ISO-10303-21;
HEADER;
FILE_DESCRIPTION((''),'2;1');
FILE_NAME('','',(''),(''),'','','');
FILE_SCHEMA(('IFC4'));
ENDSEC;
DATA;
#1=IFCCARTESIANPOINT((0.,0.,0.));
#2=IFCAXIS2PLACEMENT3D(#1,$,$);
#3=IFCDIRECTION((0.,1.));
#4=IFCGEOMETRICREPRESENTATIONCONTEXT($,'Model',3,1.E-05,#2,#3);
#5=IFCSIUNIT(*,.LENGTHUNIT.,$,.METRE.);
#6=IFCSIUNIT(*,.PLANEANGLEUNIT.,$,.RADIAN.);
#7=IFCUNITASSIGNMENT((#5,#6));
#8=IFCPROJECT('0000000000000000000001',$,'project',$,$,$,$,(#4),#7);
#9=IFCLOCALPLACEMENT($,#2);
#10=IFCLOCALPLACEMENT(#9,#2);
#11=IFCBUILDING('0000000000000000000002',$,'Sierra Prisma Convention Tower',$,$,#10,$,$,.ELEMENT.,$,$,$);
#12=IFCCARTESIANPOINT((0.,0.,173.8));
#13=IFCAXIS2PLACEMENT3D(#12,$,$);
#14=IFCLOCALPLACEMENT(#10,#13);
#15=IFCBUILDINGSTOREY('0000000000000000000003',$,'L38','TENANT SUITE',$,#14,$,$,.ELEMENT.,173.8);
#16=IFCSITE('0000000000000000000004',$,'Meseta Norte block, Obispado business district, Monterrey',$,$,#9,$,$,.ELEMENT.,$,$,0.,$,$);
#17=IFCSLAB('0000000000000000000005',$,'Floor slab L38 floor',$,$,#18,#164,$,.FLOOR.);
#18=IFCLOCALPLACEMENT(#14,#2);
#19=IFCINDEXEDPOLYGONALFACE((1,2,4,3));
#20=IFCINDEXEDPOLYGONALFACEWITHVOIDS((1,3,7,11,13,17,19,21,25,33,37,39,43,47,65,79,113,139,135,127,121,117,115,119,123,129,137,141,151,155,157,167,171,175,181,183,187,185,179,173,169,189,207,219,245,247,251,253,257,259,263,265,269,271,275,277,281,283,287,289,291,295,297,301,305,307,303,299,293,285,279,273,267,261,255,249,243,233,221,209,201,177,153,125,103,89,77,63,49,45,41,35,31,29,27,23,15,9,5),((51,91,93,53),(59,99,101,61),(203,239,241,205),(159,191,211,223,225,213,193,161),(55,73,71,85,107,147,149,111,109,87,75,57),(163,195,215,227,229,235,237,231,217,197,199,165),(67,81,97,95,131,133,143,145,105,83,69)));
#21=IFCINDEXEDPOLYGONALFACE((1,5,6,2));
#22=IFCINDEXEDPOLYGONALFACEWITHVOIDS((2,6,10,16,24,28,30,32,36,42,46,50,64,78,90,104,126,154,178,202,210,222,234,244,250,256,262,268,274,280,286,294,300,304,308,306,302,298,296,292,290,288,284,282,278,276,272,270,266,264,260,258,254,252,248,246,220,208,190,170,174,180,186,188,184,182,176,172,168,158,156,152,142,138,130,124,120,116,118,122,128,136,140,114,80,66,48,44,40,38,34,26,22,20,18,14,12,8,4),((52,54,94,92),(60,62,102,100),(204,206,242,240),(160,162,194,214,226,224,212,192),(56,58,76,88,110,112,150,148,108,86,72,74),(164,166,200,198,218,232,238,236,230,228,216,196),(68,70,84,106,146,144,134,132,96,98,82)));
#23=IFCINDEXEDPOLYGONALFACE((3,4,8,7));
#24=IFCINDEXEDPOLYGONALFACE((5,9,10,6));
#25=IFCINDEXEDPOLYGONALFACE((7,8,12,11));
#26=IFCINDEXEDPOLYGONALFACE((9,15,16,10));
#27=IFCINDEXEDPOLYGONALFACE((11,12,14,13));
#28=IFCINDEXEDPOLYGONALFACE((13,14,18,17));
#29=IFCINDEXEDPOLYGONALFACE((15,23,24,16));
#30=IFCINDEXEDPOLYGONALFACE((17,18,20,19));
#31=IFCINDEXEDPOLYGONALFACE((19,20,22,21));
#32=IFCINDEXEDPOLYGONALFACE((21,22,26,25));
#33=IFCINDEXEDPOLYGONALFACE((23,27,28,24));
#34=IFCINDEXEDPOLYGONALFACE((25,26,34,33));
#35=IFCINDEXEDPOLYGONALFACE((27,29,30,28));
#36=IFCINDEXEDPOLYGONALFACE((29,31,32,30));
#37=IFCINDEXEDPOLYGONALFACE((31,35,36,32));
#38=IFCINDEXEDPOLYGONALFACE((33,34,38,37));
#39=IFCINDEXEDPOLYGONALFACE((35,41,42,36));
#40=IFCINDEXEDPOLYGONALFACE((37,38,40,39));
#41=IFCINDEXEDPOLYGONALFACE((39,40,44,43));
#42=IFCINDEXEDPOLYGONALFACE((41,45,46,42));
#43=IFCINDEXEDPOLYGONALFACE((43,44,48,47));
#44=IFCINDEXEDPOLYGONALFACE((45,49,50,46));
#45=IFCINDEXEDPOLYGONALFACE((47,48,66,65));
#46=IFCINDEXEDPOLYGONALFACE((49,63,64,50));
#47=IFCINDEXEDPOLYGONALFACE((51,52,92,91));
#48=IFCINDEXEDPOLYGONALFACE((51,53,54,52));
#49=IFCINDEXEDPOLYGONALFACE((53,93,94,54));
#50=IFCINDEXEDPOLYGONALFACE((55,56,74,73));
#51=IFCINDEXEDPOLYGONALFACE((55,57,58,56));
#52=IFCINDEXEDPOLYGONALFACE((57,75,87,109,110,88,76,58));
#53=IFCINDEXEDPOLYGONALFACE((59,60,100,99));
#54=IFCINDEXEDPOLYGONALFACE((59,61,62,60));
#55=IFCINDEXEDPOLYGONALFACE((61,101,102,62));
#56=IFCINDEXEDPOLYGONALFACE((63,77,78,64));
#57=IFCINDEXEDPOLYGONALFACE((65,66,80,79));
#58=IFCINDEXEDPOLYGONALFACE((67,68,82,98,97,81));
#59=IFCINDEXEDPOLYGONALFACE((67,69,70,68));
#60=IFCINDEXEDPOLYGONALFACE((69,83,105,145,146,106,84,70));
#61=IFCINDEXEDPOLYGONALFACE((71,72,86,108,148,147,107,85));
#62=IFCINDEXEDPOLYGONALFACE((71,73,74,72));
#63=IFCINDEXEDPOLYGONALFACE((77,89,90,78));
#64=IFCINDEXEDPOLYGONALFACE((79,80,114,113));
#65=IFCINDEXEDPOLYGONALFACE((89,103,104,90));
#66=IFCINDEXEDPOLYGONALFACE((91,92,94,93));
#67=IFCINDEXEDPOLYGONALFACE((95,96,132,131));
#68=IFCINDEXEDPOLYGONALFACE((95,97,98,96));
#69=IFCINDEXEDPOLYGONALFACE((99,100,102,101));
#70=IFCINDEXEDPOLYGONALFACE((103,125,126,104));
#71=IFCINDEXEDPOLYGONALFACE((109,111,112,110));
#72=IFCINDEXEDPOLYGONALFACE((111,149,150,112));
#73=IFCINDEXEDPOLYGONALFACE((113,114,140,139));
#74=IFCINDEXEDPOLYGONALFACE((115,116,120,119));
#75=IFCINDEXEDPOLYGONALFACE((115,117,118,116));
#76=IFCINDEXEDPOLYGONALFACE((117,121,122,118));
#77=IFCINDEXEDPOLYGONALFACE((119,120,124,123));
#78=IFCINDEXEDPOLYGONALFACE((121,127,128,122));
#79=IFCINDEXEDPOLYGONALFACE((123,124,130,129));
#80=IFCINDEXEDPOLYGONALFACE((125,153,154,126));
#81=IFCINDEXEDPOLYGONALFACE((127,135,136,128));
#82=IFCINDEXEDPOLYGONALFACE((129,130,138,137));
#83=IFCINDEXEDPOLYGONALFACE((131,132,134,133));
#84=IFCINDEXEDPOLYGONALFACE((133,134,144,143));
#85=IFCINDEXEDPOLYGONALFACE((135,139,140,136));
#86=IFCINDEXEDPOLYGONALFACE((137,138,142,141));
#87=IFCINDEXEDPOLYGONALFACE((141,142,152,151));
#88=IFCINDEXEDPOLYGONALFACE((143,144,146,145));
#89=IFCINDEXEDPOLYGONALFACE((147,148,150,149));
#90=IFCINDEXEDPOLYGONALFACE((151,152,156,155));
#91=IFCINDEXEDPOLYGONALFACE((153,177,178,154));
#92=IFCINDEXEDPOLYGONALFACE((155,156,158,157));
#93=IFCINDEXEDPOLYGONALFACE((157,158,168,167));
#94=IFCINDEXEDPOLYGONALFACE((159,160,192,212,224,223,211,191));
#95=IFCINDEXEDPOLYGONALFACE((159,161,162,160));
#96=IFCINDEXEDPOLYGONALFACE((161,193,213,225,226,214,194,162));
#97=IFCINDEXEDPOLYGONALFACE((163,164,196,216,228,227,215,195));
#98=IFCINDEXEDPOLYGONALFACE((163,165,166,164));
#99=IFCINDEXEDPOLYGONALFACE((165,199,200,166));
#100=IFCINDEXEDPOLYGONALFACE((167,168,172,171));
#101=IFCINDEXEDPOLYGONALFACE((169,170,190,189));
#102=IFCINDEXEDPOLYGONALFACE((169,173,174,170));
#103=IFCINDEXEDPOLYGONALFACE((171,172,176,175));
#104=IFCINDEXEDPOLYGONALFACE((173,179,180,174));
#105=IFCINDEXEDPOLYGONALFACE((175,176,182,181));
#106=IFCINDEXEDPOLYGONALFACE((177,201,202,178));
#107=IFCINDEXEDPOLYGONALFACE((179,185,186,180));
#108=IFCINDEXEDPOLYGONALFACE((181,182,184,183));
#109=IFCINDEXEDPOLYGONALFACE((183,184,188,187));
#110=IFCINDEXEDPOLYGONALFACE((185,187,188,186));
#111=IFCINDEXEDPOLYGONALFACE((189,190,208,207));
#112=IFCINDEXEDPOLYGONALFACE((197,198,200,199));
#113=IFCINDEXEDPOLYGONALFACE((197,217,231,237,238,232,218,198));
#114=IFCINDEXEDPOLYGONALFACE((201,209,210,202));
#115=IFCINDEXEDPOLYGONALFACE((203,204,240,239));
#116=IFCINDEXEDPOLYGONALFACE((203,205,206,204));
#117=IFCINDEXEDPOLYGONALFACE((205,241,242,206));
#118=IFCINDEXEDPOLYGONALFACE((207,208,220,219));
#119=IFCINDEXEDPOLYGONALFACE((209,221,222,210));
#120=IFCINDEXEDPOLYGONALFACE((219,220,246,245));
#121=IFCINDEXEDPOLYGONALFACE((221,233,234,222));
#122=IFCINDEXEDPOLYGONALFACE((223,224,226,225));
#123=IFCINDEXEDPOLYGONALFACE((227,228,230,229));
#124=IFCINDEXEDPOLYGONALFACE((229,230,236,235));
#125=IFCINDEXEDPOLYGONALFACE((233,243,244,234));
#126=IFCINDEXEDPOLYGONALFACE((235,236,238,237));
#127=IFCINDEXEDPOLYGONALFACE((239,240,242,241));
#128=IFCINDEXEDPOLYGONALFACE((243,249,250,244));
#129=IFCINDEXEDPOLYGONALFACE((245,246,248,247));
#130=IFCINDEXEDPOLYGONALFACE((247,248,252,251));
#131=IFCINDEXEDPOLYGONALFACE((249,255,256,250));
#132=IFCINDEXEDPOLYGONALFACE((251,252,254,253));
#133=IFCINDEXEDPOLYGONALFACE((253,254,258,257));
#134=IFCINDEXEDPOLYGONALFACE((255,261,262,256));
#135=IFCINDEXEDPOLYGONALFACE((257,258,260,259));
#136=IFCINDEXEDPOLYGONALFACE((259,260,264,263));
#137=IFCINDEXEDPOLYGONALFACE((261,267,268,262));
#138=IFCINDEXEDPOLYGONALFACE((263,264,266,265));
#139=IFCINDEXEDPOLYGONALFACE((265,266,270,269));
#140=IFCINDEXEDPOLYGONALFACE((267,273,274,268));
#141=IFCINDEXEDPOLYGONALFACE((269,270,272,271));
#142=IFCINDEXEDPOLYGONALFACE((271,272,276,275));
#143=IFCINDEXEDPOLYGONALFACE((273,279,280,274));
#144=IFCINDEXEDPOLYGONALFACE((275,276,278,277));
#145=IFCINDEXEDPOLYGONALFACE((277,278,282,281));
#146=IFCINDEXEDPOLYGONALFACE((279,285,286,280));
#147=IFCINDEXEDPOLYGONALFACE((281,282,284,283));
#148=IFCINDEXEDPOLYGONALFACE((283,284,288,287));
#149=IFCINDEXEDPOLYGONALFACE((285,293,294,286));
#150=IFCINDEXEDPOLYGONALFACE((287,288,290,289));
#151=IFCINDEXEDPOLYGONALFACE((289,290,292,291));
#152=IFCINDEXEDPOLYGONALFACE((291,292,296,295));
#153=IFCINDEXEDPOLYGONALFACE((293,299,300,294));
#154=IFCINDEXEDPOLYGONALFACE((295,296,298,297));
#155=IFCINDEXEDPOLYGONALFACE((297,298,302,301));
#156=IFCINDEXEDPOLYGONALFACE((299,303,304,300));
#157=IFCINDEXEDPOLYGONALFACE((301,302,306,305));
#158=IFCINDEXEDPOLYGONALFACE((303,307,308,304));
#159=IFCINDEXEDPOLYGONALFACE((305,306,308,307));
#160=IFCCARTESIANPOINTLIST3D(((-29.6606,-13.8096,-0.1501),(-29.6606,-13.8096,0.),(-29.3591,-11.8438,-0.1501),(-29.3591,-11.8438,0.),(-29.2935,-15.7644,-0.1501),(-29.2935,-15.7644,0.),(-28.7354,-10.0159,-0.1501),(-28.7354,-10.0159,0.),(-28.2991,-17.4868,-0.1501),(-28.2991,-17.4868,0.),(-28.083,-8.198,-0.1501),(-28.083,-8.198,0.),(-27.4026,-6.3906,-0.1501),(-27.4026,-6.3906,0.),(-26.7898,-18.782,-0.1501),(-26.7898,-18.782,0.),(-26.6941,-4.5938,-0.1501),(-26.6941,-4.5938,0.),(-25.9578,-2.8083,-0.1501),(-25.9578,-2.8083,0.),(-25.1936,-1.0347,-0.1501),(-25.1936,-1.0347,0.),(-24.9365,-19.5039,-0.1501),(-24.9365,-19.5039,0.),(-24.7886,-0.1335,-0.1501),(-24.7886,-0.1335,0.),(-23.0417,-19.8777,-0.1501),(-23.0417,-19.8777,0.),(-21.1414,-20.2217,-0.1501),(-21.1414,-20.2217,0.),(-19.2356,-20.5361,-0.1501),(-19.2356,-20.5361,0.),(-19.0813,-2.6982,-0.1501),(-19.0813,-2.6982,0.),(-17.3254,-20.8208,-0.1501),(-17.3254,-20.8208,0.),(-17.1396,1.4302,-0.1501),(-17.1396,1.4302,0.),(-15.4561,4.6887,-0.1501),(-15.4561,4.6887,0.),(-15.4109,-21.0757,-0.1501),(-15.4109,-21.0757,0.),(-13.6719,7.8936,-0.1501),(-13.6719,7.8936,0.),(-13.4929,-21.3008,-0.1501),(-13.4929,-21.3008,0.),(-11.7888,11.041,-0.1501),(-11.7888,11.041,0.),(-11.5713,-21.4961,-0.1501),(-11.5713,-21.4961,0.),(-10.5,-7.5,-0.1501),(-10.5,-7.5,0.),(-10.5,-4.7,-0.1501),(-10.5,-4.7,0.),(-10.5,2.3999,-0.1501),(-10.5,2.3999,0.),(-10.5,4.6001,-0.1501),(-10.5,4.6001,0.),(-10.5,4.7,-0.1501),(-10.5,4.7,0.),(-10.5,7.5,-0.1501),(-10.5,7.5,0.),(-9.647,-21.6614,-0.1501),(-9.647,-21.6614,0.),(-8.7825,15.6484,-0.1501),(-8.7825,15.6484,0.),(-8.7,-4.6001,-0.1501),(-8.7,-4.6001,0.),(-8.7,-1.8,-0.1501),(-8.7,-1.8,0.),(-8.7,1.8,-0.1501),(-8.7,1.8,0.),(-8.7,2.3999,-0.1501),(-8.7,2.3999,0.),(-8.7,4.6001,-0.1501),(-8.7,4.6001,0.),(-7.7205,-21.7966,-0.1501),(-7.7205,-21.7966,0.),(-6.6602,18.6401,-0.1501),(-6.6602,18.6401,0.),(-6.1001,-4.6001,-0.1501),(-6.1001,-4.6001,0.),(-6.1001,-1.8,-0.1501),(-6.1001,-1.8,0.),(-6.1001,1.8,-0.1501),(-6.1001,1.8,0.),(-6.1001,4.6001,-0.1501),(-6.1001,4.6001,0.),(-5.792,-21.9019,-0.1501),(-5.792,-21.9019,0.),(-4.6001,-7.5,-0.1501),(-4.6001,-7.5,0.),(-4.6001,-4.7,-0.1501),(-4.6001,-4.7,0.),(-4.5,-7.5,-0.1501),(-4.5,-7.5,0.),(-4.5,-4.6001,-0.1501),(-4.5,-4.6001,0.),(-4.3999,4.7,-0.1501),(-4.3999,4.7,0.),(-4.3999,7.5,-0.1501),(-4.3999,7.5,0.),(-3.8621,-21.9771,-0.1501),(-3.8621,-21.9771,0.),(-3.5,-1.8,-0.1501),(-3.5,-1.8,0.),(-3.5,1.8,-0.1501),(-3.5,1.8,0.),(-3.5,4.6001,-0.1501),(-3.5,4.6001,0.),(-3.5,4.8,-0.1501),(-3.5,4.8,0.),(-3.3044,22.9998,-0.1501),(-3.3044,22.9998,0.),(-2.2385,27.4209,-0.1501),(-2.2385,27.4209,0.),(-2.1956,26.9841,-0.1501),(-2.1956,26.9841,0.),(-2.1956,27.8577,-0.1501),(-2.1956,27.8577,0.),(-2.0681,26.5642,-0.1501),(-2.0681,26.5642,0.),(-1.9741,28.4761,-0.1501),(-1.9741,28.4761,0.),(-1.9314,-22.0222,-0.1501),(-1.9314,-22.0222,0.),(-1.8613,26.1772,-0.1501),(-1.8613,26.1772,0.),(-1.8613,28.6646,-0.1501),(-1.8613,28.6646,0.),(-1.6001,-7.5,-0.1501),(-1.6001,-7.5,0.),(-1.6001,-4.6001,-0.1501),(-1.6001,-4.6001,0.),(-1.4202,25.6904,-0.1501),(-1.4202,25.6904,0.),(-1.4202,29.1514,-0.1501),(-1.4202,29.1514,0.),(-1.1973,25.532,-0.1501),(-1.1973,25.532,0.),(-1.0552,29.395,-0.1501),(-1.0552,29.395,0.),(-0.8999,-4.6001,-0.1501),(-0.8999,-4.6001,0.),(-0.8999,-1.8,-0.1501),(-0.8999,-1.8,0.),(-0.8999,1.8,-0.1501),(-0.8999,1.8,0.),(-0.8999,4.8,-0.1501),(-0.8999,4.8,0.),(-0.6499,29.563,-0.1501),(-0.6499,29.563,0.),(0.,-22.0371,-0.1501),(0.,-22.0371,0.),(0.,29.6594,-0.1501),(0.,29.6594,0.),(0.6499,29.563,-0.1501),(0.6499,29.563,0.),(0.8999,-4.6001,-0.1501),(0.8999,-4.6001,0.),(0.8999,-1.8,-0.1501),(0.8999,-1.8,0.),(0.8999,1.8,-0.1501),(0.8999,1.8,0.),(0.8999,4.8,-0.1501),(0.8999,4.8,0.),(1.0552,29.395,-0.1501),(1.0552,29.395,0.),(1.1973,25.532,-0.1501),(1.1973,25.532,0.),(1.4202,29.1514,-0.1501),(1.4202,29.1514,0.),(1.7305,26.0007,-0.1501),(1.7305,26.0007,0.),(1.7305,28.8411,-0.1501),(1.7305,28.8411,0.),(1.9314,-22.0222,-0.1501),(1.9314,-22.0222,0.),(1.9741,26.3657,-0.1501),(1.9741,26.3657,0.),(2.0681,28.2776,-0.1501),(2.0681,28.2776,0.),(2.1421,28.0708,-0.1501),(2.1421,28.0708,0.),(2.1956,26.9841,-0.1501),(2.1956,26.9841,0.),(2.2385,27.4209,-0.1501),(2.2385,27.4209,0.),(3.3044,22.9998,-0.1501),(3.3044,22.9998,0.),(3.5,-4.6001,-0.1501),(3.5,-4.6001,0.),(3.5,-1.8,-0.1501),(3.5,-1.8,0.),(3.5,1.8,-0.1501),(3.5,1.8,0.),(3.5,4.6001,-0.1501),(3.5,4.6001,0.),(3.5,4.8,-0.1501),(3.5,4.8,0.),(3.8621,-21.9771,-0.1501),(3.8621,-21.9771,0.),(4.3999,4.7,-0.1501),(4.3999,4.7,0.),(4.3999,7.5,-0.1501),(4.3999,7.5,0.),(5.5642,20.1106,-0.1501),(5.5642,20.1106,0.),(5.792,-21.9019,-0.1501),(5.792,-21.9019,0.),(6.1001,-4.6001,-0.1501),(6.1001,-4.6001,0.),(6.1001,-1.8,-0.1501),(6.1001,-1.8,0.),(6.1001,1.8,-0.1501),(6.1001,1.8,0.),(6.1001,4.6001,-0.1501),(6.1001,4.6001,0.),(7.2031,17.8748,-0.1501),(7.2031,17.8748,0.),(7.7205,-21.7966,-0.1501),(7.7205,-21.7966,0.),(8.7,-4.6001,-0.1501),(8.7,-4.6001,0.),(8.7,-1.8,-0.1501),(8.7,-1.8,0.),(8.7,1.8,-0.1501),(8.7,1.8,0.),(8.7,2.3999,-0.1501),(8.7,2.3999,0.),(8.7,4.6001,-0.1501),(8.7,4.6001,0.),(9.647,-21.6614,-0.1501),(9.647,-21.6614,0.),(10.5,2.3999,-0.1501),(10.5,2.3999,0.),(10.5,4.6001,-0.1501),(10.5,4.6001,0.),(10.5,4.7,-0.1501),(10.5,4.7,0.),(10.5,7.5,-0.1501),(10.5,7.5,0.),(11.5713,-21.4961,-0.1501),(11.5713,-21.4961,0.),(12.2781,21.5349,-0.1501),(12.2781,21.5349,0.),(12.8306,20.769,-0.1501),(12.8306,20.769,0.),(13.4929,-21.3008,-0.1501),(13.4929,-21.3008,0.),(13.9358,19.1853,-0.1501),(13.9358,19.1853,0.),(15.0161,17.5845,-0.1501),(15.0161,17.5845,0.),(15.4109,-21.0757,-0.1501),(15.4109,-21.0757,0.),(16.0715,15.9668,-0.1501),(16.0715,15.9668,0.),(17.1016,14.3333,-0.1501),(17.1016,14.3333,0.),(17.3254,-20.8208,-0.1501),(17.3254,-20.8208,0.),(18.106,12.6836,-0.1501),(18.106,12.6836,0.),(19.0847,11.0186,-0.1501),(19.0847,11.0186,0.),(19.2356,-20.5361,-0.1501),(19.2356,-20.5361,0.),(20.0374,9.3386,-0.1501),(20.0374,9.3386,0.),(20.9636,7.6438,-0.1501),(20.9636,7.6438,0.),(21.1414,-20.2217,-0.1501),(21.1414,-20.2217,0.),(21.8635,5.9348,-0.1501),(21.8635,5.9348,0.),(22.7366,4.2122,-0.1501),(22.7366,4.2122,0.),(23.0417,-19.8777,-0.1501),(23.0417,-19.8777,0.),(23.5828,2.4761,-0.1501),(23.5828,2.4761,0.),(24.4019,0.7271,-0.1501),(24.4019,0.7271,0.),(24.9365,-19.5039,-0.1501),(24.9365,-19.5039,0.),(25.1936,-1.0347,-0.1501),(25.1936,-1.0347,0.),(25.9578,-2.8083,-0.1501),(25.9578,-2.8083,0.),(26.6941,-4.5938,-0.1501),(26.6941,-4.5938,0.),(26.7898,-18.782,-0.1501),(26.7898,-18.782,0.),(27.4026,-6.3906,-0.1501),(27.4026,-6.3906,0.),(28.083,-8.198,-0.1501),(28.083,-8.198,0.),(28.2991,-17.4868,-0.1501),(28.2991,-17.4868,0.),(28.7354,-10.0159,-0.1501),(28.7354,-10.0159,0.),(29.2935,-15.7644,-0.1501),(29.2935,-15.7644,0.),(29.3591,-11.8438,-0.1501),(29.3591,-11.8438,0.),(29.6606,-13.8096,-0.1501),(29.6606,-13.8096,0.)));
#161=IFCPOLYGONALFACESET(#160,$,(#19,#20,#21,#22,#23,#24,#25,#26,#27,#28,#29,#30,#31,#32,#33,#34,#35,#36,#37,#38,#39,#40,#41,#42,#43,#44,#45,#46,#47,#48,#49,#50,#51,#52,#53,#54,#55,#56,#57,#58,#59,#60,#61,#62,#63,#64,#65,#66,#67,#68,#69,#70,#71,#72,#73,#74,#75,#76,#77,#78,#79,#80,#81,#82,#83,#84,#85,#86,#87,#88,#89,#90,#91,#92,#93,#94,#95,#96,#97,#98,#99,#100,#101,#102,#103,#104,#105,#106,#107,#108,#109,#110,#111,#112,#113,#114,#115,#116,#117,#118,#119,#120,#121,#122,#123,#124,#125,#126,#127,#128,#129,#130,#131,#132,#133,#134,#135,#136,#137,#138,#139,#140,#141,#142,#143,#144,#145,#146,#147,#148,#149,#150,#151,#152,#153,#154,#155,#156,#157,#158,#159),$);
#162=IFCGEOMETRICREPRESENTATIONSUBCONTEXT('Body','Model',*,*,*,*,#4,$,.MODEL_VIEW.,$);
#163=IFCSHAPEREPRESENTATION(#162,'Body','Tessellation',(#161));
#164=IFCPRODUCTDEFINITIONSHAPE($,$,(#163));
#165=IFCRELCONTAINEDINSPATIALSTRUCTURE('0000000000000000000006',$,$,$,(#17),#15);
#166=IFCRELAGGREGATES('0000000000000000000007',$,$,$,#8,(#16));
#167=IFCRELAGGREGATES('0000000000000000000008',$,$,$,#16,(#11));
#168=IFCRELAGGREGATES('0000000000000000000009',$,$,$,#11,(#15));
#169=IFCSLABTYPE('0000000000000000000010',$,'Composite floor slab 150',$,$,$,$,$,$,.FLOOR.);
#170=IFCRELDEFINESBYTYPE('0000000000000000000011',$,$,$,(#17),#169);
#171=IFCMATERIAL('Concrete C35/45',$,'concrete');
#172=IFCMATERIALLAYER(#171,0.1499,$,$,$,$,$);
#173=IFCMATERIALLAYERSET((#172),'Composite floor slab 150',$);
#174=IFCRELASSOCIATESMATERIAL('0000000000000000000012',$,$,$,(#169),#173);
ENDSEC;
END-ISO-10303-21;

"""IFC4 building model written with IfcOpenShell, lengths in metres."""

from ifc_helpers import new_model, si_unit, direction, frame, origin, place, context, subcontext, project, spatial, polyline, outline, extrude, material, layer, layer_set, type_object, element, save


model = new_model("IFC4")

# Units and contexts
model_context = context("Model", 3, precision=1e-05, world=origin(), true_north=direction((0.0, 1.0)))
body_context = subcontext(model_context, "Body", "Model", "MODEL_VIEW")
ifc_project = project(units=[si_unit("LENGTHUNIT", "METRE"), si_unit("PLANEANGLEUNIT", "RADIAN")], contexts=[model_context])

# Site, building, storey
site_placement = place(None, origin())
site = spatial("IfcSite", under=ifc_project, at=site_placement, Name="Meseta Norte block, Obispado business district, Monterrey", CompositionType="ELEMENT", RefElevation=0.0)
building_placement = place(site_placement, origin())
building = spatial("IfcBuilding", under=site, at=building_placement, Name="Sierra Prisma Convention Tower", CompositionType="ELEMENT")
storey_placement = place(building_placement, frame((0.0, 0.0, 173.8)))
storey = spatial("IfcBuildingStorey", under=building, at=storey_placement, Name="L38", Description="TENANT SUITE", CompositionType="ELEMENT", Elevation=173.8)

# Slab
ifc_material_1 = material(Name="Concrete C35/45", Category="concrete")
ifc_layer_1 = layer(ifc_material_1, 0.1499)
ifc_layer_set_1 = layer_set([ifc_layer_1], Name="Composite floor slab 150")
slab_type_1 = type_object("IfcSlabType", Name="Composite floor slab 150", PredefinedType="FLOOR", material=ifc_layer_set_1)
slab_1_placement = place(storey_placement, frame((0.0, 0.0, -0.1501)))
element("IfcSlab", 1, at=slab_1_placement, inside=storey, type_object=slab_type_1, Name="Floor slab L38 floor", PredefinedType="FLOOR", context=body_context, shape_type="SweptSolid", body=[
    extrude(outline(polyline([(12.8306, 20.769), (12.2781, 21.5349), (7.2031, 17.8748), (5.5642, 20.1106), (3.3044, 22.9998), (1.1973, 25.532), (1.7305, 26.0007), (1.9741, 26.3657), (2.1956, 26.9841), (2.2385, 27.4209), (2.1421, 28.0708), (2.0681, 28.2776), (1.7305, 28.8411), (1.4202, 29.1514), (1.0552, 29.395), (0.6499, 29.563), (0.0, 29.6594), (-0.6499, 29.563), (-1.0552, 29.395), (-1.4202, 29.1514), (-1.8613, 28.6646), (-1.9741, 28.4761), (-2.1956, 27.8577), (-2.2385, 27.4209), (-2.1956, 26.9841), (-2.0681, 26.5642), (-1.8613, 26.1772), (-1.4202, 25.6904), (-1.1973, 25.532), (-3.3044, 22.9998), (-6.6602, 18.6401), (-8.7825, 15.6484), (-11.7888, 11.041), (-13.6719, 7.8936), (-15.4561, 4.6887), (-17.1396, 1.4302), (-19.0813, -2.6982), (-24.7886, -0.1335), (-25.1936, -1.0347), (-25.9578, -2.8083), (-26.6941, -4.5938), (-27.4026, -6.3906), (-28.083, -8.198), (-28.7354, -10.0159), (-29.3591, -11.8438), (-29.6606, -13.8096), (-29.2935, -15.7644), (-28.2991, -17.4868), (-26.7898, -18.782), (-24.9365, -19.5039), (-23.0417, -19.8777), (-21.1414, -20.2217), (-19.2356, -20.5361), (-17.3254, -20.8208), (-15.4109, -21.0757), (-13.4929, -21.3008), (-11.5713, -21.4961), (-9.647, -21.6614), (-7.7205, -21.7966), (-5.792, -21.9019), (-3.8621, -21.9771), (-1.9314, -22.0222), (0.0, -22.0371), (1.9314, -22.0222), (3.8621, -21.9771), (5.792, -21.9019), (7.7205, -21.7966), (9.647, -21.6614), (11.5713, -21.4961), (13.4929, -21.3008), (15.4109, -21.0757), (17.3254, -20.8208), (19.2356, -20.5361), (21.1414, -20.2217), (23.0417, -19.8777), (24.9365, -19.5039), (26.7898, -18.782), (28.2991, -17.4868), (29.2935, -15.7644), (29.6606, -13.8096), (29.3591, -11.8438), (28.7354, -10.0159), (28.083, -8.198), (27.4026, -6.3906), (26.6941, -4.5938), (25.9578, -2.8083), (25.1936, -1.0347), (24.4019, 0.7271), (23.5828, 2.4761), (22.7366, 4.2122), (21.8635, 5.9348), (20.9636, 7.6438), (20.0374, 9.3386), (19.0847, 11.0186), (18.106, 12.6836), (17.1016, 14.3333), (16.0715, 15.9668), (15.0161, 17.5845), (13.9358, 19.1853), (12.8306, 20.769)]), holes=[polyline([(-4.6001, -7.5), (-10.5, -7.5), (-10.5, -4.7), (-4.6001, -4.7), (-4.6001, -7.5)]), polyline([(-8.7, -4.6001), (-8.7, -1.8), (-6.1001, -1.8), (-3.5, -1.8), (-0.8999, -1.8), (-0.8999, -4.6001), (-1.6001, -4.6001), (-1.6001, -7.5), (-4.5, -7.5), (-4.5, -4.6001), (-6.1001, -4.6001), (-8.7, -4.6001)]), polyline([(-10.5, 4.6001), (-8.7, 4.6001), (-6.1001, 4.6001), (-3.5, 4.6001), (-3.5, 4.8), (-0.8999, 4.8), (-0.8999, 1.8), (-3.5, 1.8), (-6.1001, 1.8), (-8.7, 1.8), (-8.7, 2.3999), (-10.5, 2.3999), (-10.5, 4.6001)]), polyline([(-10.5, 4.7), (-10.5, 7.5), (-4.3999, 7.5), (-4.3999, 4.7), (-10.5, 4.7)]), polyline([(6.1001, -1.8), (8.7, -1.8), (8.7, -4.6001), (6.1001, -4.6001), (3.5, -4.6001), (0.8999, -4.6001), (0.8999, -1.8), (3.5, -1.8), (6.1001, -1.8)]), polyline([(8.7, 4.6001), (10.5, 4.6001), (10.5, 2.3999), (8.7, 2.3999), (8.7, 1.8), (6.1001, 1.8), (3.5, 1.8), (0.8999, 1.8), (0.8999, 4.8), (3.5, 4.8), (3.5, 4.6001), (6.1001, 4.6001), (8.7, 4.6001)]), polyline([(4.3999, 4.7), (4.3999, 7.5), (10.5, 7.5), (10.5, 4.7), (4.3999, 4.7)])]), origin(), (0.0, 0.0, 1.0), 0.1501),
])

save(model, "model.ifc")
